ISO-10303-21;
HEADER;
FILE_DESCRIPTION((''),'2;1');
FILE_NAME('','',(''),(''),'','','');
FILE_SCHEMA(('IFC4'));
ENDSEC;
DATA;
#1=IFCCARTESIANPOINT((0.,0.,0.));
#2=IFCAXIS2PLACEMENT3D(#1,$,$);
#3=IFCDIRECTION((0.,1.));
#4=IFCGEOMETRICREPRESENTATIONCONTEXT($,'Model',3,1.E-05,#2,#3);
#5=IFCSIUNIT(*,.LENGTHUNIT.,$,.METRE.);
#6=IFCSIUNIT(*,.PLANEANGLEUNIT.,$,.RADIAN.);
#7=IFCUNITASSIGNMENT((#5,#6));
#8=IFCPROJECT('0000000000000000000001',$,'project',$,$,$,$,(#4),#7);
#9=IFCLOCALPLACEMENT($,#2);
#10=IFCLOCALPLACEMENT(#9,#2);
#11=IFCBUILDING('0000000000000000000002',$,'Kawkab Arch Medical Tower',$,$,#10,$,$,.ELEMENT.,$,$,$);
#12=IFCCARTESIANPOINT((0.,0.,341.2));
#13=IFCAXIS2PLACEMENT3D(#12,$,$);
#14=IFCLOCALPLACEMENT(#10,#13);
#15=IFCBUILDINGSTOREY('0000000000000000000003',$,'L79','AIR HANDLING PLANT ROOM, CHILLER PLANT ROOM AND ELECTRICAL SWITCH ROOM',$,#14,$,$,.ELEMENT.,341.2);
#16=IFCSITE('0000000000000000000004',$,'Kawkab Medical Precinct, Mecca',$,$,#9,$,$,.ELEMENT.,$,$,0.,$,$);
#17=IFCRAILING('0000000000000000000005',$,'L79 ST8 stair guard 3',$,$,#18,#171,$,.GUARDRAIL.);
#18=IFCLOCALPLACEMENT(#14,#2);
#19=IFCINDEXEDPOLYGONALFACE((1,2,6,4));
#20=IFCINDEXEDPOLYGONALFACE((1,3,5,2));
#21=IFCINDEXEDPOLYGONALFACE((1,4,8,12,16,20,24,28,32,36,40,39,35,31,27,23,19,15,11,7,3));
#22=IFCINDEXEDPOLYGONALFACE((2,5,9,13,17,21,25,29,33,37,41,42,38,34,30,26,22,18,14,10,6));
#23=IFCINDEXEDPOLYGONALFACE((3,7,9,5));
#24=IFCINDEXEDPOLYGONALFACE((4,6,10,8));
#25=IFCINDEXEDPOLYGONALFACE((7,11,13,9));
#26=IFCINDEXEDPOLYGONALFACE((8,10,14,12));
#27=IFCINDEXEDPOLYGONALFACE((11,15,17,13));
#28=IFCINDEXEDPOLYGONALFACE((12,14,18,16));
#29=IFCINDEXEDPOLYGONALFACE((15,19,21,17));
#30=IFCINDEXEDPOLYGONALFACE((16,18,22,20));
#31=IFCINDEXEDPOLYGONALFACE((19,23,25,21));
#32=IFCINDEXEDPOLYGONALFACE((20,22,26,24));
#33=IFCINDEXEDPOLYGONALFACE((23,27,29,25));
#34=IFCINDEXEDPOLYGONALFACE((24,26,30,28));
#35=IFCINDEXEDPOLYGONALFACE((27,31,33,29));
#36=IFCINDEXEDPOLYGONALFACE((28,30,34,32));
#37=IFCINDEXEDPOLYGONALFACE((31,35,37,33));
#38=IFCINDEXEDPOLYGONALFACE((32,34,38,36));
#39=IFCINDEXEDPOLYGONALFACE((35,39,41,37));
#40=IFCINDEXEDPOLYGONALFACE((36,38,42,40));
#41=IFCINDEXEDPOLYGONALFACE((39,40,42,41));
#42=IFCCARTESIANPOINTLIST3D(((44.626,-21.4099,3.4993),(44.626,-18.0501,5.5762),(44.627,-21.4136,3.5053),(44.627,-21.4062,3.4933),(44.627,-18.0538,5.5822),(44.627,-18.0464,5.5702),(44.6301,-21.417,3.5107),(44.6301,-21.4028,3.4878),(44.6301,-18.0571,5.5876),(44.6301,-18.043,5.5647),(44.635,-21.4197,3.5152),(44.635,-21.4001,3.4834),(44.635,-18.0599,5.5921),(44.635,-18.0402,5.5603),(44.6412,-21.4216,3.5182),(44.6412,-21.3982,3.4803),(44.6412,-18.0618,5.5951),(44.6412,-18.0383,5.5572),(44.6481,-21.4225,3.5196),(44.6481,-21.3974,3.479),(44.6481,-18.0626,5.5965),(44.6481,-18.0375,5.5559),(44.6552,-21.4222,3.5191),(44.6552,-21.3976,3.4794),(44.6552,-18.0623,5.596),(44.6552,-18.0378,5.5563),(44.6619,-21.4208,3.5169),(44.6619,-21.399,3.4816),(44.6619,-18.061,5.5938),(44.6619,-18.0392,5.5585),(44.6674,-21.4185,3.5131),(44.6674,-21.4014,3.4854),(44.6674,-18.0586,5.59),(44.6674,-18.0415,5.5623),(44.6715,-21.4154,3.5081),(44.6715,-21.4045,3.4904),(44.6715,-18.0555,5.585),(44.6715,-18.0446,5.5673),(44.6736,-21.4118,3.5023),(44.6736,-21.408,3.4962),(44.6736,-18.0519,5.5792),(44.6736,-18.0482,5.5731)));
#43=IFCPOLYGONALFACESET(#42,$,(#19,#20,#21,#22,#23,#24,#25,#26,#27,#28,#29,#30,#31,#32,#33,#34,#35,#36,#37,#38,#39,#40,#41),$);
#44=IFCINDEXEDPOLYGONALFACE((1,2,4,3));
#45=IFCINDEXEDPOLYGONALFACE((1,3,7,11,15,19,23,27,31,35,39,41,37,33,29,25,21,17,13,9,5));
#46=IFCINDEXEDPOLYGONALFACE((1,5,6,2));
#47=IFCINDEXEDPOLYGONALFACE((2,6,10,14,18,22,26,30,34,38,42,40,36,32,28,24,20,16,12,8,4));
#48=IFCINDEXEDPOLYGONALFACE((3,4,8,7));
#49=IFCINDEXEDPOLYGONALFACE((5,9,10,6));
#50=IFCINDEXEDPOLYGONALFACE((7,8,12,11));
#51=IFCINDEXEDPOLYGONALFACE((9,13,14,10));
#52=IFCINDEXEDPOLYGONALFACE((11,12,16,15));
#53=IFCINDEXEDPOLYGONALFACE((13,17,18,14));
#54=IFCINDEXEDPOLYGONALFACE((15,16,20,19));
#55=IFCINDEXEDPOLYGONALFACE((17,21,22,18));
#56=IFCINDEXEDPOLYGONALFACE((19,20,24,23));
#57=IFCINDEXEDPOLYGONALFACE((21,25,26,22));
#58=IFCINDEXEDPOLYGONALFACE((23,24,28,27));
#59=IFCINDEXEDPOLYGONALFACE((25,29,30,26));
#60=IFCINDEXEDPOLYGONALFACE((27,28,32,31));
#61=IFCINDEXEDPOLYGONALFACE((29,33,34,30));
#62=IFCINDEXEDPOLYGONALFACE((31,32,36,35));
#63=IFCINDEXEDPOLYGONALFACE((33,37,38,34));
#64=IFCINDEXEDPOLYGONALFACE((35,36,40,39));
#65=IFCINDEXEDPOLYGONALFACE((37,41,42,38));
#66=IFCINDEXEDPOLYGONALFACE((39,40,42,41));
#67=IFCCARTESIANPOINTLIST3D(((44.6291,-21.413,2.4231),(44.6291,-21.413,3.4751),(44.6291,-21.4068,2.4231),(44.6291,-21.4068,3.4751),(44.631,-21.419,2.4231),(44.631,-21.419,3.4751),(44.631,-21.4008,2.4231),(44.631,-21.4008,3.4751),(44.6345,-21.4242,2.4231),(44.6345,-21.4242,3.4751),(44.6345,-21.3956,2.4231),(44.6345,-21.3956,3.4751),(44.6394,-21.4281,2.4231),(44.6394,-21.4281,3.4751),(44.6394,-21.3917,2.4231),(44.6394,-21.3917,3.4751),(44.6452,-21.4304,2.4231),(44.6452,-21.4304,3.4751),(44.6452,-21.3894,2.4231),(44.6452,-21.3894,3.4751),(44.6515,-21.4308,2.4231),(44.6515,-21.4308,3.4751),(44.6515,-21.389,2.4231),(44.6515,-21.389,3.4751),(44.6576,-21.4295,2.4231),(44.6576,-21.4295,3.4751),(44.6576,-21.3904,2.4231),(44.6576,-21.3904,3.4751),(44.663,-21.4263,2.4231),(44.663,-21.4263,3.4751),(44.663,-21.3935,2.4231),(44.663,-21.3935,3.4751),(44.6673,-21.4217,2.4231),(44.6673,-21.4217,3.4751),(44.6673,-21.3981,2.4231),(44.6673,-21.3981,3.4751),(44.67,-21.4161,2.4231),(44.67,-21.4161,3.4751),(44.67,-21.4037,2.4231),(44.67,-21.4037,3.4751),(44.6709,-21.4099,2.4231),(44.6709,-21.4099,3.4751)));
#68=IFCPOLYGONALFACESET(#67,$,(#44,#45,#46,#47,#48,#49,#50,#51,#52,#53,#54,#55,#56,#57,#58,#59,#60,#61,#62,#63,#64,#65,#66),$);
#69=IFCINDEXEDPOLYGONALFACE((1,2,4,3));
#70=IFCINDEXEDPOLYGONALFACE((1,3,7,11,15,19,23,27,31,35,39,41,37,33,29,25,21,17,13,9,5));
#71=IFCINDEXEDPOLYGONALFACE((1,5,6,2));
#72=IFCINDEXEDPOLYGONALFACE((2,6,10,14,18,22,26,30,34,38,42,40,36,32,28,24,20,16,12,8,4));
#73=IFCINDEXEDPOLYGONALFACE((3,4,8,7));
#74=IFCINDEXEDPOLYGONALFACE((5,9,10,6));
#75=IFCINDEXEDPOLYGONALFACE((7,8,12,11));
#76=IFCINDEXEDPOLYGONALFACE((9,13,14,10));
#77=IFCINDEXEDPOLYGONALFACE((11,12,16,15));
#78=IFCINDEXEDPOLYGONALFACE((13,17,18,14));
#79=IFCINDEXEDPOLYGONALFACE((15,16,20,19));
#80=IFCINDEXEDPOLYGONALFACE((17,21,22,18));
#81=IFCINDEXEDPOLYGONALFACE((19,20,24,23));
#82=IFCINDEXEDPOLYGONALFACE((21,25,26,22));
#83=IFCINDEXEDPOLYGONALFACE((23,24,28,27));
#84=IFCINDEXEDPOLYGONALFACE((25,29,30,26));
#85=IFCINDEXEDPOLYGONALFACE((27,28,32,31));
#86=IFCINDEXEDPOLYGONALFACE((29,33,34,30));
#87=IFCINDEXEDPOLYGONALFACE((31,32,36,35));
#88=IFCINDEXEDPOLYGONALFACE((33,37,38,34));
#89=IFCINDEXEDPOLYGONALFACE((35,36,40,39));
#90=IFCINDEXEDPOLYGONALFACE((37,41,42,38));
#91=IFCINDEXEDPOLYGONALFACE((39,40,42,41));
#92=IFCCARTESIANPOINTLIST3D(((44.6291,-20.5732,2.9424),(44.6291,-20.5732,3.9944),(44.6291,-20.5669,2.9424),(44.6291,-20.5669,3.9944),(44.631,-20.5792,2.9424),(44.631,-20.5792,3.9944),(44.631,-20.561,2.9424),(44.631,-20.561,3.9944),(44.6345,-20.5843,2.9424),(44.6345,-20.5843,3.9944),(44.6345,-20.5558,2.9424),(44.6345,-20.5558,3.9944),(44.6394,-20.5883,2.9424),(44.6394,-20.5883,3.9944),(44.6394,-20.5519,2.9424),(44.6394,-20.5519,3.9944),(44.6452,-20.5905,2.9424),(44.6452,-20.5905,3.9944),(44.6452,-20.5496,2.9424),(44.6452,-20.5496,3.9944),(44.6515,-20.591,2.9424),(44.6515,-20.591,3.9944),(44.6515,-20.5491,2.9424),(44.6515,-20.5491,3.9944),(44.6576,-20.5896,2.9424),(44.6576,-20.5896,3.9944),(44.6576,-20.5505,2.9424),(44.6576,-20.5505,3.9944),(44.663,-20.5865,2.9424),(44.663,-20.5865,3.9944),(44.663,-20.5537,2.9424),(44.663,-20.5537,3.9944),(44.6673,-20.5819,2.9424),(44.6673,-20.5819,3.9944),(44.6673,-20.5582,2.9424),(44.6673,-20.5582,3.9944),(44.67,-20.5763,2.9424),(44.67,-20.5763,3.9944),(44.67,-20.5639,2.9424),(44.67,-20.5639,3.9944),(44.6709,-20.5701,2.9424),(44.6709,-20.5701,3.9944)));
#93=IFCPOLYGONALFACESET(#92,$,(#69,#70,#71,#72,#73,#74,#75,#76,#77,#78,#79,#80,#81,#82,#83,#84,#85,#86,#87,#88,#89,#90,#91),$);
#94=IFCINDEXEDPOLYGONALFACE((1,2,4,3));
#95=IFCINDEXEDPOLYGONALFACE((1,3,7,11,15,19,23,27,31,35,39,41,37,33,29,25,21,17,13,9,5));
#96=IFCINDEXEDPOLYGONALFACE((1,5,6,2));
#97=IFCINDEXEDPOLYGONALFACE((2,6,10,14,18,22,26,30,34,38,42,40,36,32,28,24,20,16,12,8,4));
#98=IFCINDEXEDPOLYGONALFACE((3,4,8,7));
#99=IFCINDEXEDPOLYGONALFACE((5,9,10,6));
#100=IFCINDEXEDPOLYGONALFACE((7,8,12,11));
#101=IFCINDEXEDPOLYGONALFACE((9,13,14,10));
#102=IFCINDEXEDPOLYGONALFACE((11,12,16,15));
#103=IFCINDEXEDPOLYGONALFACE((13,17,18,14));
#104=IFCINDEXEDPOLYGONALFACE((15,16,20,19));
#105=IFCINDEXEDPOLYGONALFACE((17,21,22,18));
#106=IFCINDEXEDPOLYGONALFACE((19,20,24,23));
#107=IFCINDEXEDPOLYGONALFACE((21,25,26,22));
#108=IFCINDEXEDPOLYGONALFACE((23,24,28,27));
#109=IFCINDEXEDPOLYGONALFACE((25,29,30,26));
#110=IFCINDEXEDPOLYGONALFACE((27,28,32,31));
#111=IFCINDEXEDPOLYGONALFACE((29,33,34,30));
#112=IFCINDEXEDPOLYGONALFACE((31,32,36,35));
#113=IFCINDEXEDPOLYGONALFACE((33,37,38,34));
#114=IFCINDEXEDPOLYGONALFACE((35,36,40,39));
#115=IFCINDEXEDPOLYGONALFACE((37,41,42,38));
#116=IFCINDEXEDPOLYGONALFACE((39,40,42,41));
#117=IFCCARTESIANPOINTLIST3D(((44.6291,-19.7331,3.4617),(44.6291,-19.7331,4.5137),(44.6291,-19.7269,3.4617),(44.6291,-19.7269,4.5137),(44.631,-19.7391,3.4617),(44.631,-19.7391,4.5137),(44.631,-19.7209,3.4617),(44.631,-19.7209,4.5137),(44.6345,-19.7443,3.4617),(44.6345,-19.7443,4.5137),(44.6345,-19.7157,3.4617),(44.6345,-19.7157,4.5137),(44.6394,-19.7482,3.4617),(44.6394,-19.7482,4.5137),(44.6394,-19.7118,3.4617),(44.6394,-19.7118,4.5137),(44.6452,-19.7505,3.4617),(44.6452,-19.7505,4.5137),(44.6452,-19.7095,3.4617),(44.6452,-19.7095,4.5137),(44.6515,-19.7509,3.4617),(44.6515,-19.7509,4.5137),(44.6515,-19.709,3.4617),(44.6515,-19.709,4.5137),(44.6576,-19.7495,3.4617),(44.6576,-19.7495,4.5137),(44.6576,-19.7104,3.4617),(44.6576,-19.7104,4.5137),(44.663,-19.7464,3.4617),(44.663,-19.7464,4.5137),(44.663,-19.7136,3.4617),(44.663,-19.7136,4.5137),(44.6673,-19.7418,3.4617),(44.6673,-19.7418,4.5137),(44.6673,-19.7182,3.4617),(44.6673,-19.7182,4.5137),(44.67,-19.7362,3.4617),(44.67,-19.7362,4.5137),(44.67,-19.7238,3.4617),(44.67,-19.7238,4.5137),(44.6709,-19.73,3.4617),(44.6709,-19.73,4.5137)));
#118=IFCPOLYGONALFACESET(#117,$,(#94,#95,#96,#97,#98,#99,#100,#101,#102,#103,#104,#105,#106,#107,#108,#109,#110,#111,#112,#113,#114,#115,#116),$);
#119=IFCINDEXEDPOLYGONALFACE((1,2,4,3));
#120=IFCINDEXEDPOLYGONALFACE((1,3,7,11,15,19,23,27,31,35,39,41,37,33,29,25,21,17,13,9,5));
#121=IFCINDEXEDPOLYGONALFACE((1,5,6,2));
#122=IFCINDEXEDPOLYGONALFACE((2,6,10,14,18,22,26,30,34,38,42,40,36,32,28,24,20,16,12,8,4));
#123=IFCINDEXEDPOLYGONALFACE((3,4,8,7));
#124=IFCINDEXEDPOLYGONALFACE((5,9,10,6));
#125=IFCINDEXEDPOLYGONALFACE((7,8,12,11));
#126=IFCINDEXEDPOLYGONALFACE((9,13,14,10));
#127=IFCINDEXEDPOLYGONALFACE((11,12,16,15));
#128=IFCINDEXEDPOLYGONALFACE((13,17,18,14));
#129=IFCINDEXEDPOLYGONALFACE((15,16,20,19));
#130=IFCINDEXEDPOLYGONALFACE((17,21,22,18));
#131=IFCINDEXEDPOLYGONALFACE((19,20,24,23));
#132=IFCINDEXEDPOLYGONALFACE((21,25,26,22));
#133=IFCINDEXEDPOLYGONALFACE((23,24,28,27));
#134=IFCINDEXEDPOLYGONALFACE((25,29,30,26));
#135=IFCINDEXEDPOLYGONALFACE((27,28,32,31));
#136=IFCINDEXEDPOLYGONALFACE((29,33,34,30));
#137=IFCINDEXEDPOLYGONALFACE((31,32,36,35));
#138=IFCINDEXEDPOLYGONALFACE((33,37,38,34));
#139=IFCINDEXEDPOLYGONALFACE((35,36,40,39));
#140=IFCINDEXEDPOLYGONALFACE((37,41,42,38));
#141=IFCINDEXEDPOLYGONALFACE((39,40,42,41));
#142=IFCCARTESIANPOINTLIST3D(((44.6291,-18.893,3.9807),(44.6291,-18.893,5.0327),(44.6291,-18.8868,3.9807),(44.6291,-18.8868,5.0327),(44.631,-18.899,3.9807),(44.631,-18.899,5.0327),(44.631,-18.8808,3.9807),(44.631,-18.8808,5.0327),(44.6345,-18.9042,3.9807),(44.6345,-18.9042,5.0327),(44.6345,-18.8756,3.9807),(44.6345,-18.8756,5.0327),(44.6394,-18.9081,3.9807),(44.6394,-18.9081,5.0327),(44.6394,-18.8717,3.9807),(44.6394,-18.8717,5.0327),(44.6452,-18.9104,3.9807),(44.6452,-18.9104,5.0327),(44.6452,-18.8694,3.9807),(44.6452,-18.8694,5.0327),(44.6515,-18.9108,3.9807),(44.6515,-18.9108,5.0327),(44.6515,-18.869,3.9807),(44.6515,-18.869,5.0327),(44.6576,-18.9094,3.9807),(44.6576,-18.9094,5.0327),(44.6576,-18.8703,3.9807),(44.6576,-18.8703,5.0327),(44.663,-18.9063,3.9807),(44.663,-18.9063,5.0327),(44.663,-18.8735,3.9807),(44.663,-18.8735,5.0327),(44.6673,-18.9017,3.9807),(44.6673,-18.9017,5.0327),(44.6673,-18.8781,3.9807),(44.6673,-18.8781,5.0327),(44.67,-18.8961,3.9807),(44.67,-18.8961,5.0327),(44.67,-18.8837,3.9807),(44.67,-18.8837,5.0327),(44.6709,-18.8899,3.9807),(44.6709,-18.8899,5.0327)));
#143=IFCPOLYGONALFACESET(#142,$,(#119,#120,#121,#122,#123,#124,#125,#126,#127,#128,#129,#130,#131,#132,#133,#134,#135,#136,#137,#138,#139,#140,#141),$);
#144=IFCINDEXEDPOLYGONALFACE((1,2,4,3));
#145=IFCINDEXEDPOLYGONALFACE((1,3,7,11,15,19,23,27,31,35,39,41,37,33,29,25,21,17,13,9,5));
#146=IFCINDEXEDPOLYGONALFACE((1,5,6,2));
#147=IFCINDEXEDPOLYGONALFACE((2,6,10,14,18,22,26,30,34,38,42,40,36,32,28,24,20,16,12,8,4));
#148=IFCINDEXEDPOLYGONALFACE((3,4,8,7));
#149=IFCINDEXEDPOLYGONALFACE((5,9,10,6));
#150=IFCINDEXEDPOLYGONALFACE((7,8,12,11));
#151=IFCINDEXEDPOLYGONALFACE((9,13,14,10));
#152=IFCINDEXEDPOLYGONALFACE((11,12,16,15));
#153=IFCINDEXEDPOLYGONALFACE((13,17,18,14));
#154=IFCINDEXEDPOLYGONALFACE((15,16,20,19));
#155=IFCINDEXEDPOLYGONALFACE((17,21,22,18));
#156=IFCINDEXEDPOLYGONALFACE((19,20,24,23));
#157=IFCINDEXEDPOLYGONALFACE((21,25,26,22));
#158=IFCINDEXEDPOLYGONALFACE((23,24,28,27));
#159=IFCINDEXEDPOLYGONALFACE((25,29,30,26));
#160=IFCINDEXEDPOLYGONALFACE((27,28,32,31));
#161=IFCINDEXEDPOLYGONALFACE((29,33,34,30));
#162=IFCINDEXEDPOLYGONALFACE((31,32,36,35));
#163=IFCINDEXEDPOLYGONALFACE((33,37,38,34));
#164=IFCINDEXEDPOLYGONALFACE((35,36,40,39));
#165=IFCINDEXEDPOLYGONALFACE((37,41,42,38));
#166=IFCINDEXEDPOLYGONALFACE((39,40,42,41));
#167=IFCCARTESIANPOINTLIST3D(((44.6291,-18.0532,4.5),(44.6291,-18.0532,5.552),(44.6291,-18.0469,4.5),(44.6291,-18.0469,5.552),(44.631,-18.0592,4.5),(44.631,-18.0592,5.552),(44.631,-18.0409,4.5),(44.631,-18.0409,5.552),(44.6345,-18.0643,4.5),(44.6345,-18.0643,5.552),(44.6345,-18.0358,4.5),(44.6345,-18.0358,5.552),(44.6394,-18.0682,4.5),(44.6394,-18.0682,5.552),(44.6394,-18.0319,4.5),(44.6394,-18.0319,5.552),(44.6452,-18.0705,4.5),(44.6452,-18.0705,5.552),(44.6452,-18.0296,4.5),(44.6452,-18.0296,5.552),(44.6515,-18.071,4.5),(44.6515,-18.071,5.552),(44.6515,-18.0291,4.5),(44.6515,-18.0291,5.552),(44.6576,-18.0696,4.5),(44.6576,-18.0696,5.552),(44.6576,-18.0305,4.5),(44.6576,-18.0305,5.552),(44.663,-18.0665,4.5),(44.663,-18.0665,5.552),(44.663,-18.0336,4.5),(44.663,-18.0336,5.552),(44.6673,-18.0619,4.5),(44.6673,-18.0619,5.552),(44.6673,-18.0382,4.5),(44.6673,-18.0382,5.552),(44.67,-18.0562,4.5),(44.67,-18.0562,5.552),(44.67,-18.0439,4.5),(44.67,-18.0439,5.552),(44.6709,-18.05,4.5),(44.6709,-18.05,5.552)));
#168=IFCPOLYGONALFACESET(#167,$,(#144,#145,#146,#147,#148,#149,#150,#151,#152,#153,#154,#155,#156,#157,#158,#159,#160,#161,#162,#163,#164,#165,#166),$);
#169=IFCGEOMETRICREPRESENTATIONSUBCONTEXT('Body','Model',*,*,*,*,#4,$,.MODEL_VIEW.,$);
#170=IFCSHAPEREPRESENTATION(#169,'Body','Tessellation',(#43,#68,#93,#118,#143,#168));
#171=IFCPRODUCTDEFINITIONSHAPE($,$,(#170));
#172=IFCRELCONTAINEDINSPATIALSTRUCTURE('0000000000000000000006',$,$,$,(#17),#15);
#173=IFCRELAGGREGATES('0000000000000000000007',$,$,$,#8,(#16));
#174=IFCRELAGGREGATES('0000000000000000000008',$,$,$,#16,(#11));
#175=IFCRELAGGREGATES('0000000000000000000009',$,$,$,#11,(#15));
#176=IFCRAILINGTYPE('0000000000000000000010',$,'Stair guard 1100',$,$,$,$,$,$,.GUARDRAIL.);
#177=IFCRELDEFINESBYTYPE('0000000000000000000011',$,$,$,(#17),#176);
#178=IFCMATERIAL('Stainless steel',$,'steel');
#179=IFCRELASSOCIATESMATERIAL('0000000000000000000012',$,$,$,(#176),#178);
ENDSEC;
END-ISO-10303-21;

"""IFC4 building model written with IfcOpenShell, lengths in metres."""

from ifc_helpers import new_model, si_unit, direction, frame, origin, origin_2d, place, context, subcontext, project, spatial, circle, extrude, material, type_object, element, save


model = new_model("IFC4")

# Units and contexts
model_context = context("Model", 3, precision=1e-05, world=origin(), true_north=direction((0.0, 1.0)))
body_context = subcontext(model_context, "Body", "Model", "MODEL_VIEW")
ifc_project = project(units=[si_unit("LENGTHUNIT", "METRE"), si_unit("PLANEANGLEUNIT", "RADIAN")], contexts=[model_context])

# Site, building, storey
site_placement = place(None, origin())
site = spatial("IfcSite", under=ifc_project, at=site_placement, Name="Kawkab Medical Precinct, Mecca", CompositionType="ELEMENT", RefElevation=0.0)
building_placement = place(site_placement, origin())
building = spatial("IfcBuilding", under=site, at=building_placement, Name="Kawkab Arch Medical Tower", CompositionType="ELEMENT")
storey_placement = place(building_placement, frame((0.0, 0.0, 341.2)))
storey = spatial("IfcBuildingStorey", under=building, at=storey_placement, Name="L79", Description="AIR HANDLING PLANT ROOM, CHILLER PLANT ROOM AND ELECTRICAL SWITCH ROOM", CompositionType="ELEMENT", Elevation=341.2)

# Railing
ifc_material_1 = material(Name="Stainless steel", Category="steel")
railing_type = type_object("IfcRailingType", Name="Stair guard 1100", PredefinedType="GUARDRAIL", material=ifc_material_1)
railing_placement = place(storey_placement, frame((44.6499, -21.4099, 2.4231)))
element("IfcRailing", 1, at=railing_placement, inside=storey, type_object=railing_type, Name="L79 ST8 stair guard 3", PredefinedType="GUARDRAIL", context=body_context, shape_type="SweptSolid", body=[
    extrude(circle(Radius=0.0239, at=origin_2d()), frame((0.0, 0.0, 1.0762), z_axis=(0.0, 0.850606, 0.525803), x_axis=(-1.0, 0.0, 0.0)), (0.0, 0.0, 1.0), 3.95),
    extrude(circle(Radius=0.021, at=origin_2d()), origin(), (0.0, 0.0, 1.0), 1.052),
    extrude(circle(Radius=0.021, at=origin_2d()), frame((0.0, 0.8398, 0.5193)), (0.0, 0.0, 1.0), 1.052),
    extrude(circle(Radius=0.021, at=origin_2d()), frame((0.0, 1.6799, 1.0386)), (0.0, 0.0, 1.0), 1.052),
    extrude(circle(Radius=0.021, at=origin_2d()), frame((0.0, 2.52, 1.5576)), (0.0, 0.0, 1.0), 1.052),
    extrude(circle(Radius=0.021, at=origin_2d()), frame((0.0, 3.3599, 2.0769)), (0.0, 0.0, 1.0), 1.052),
])

save(model, "model.ifc")
